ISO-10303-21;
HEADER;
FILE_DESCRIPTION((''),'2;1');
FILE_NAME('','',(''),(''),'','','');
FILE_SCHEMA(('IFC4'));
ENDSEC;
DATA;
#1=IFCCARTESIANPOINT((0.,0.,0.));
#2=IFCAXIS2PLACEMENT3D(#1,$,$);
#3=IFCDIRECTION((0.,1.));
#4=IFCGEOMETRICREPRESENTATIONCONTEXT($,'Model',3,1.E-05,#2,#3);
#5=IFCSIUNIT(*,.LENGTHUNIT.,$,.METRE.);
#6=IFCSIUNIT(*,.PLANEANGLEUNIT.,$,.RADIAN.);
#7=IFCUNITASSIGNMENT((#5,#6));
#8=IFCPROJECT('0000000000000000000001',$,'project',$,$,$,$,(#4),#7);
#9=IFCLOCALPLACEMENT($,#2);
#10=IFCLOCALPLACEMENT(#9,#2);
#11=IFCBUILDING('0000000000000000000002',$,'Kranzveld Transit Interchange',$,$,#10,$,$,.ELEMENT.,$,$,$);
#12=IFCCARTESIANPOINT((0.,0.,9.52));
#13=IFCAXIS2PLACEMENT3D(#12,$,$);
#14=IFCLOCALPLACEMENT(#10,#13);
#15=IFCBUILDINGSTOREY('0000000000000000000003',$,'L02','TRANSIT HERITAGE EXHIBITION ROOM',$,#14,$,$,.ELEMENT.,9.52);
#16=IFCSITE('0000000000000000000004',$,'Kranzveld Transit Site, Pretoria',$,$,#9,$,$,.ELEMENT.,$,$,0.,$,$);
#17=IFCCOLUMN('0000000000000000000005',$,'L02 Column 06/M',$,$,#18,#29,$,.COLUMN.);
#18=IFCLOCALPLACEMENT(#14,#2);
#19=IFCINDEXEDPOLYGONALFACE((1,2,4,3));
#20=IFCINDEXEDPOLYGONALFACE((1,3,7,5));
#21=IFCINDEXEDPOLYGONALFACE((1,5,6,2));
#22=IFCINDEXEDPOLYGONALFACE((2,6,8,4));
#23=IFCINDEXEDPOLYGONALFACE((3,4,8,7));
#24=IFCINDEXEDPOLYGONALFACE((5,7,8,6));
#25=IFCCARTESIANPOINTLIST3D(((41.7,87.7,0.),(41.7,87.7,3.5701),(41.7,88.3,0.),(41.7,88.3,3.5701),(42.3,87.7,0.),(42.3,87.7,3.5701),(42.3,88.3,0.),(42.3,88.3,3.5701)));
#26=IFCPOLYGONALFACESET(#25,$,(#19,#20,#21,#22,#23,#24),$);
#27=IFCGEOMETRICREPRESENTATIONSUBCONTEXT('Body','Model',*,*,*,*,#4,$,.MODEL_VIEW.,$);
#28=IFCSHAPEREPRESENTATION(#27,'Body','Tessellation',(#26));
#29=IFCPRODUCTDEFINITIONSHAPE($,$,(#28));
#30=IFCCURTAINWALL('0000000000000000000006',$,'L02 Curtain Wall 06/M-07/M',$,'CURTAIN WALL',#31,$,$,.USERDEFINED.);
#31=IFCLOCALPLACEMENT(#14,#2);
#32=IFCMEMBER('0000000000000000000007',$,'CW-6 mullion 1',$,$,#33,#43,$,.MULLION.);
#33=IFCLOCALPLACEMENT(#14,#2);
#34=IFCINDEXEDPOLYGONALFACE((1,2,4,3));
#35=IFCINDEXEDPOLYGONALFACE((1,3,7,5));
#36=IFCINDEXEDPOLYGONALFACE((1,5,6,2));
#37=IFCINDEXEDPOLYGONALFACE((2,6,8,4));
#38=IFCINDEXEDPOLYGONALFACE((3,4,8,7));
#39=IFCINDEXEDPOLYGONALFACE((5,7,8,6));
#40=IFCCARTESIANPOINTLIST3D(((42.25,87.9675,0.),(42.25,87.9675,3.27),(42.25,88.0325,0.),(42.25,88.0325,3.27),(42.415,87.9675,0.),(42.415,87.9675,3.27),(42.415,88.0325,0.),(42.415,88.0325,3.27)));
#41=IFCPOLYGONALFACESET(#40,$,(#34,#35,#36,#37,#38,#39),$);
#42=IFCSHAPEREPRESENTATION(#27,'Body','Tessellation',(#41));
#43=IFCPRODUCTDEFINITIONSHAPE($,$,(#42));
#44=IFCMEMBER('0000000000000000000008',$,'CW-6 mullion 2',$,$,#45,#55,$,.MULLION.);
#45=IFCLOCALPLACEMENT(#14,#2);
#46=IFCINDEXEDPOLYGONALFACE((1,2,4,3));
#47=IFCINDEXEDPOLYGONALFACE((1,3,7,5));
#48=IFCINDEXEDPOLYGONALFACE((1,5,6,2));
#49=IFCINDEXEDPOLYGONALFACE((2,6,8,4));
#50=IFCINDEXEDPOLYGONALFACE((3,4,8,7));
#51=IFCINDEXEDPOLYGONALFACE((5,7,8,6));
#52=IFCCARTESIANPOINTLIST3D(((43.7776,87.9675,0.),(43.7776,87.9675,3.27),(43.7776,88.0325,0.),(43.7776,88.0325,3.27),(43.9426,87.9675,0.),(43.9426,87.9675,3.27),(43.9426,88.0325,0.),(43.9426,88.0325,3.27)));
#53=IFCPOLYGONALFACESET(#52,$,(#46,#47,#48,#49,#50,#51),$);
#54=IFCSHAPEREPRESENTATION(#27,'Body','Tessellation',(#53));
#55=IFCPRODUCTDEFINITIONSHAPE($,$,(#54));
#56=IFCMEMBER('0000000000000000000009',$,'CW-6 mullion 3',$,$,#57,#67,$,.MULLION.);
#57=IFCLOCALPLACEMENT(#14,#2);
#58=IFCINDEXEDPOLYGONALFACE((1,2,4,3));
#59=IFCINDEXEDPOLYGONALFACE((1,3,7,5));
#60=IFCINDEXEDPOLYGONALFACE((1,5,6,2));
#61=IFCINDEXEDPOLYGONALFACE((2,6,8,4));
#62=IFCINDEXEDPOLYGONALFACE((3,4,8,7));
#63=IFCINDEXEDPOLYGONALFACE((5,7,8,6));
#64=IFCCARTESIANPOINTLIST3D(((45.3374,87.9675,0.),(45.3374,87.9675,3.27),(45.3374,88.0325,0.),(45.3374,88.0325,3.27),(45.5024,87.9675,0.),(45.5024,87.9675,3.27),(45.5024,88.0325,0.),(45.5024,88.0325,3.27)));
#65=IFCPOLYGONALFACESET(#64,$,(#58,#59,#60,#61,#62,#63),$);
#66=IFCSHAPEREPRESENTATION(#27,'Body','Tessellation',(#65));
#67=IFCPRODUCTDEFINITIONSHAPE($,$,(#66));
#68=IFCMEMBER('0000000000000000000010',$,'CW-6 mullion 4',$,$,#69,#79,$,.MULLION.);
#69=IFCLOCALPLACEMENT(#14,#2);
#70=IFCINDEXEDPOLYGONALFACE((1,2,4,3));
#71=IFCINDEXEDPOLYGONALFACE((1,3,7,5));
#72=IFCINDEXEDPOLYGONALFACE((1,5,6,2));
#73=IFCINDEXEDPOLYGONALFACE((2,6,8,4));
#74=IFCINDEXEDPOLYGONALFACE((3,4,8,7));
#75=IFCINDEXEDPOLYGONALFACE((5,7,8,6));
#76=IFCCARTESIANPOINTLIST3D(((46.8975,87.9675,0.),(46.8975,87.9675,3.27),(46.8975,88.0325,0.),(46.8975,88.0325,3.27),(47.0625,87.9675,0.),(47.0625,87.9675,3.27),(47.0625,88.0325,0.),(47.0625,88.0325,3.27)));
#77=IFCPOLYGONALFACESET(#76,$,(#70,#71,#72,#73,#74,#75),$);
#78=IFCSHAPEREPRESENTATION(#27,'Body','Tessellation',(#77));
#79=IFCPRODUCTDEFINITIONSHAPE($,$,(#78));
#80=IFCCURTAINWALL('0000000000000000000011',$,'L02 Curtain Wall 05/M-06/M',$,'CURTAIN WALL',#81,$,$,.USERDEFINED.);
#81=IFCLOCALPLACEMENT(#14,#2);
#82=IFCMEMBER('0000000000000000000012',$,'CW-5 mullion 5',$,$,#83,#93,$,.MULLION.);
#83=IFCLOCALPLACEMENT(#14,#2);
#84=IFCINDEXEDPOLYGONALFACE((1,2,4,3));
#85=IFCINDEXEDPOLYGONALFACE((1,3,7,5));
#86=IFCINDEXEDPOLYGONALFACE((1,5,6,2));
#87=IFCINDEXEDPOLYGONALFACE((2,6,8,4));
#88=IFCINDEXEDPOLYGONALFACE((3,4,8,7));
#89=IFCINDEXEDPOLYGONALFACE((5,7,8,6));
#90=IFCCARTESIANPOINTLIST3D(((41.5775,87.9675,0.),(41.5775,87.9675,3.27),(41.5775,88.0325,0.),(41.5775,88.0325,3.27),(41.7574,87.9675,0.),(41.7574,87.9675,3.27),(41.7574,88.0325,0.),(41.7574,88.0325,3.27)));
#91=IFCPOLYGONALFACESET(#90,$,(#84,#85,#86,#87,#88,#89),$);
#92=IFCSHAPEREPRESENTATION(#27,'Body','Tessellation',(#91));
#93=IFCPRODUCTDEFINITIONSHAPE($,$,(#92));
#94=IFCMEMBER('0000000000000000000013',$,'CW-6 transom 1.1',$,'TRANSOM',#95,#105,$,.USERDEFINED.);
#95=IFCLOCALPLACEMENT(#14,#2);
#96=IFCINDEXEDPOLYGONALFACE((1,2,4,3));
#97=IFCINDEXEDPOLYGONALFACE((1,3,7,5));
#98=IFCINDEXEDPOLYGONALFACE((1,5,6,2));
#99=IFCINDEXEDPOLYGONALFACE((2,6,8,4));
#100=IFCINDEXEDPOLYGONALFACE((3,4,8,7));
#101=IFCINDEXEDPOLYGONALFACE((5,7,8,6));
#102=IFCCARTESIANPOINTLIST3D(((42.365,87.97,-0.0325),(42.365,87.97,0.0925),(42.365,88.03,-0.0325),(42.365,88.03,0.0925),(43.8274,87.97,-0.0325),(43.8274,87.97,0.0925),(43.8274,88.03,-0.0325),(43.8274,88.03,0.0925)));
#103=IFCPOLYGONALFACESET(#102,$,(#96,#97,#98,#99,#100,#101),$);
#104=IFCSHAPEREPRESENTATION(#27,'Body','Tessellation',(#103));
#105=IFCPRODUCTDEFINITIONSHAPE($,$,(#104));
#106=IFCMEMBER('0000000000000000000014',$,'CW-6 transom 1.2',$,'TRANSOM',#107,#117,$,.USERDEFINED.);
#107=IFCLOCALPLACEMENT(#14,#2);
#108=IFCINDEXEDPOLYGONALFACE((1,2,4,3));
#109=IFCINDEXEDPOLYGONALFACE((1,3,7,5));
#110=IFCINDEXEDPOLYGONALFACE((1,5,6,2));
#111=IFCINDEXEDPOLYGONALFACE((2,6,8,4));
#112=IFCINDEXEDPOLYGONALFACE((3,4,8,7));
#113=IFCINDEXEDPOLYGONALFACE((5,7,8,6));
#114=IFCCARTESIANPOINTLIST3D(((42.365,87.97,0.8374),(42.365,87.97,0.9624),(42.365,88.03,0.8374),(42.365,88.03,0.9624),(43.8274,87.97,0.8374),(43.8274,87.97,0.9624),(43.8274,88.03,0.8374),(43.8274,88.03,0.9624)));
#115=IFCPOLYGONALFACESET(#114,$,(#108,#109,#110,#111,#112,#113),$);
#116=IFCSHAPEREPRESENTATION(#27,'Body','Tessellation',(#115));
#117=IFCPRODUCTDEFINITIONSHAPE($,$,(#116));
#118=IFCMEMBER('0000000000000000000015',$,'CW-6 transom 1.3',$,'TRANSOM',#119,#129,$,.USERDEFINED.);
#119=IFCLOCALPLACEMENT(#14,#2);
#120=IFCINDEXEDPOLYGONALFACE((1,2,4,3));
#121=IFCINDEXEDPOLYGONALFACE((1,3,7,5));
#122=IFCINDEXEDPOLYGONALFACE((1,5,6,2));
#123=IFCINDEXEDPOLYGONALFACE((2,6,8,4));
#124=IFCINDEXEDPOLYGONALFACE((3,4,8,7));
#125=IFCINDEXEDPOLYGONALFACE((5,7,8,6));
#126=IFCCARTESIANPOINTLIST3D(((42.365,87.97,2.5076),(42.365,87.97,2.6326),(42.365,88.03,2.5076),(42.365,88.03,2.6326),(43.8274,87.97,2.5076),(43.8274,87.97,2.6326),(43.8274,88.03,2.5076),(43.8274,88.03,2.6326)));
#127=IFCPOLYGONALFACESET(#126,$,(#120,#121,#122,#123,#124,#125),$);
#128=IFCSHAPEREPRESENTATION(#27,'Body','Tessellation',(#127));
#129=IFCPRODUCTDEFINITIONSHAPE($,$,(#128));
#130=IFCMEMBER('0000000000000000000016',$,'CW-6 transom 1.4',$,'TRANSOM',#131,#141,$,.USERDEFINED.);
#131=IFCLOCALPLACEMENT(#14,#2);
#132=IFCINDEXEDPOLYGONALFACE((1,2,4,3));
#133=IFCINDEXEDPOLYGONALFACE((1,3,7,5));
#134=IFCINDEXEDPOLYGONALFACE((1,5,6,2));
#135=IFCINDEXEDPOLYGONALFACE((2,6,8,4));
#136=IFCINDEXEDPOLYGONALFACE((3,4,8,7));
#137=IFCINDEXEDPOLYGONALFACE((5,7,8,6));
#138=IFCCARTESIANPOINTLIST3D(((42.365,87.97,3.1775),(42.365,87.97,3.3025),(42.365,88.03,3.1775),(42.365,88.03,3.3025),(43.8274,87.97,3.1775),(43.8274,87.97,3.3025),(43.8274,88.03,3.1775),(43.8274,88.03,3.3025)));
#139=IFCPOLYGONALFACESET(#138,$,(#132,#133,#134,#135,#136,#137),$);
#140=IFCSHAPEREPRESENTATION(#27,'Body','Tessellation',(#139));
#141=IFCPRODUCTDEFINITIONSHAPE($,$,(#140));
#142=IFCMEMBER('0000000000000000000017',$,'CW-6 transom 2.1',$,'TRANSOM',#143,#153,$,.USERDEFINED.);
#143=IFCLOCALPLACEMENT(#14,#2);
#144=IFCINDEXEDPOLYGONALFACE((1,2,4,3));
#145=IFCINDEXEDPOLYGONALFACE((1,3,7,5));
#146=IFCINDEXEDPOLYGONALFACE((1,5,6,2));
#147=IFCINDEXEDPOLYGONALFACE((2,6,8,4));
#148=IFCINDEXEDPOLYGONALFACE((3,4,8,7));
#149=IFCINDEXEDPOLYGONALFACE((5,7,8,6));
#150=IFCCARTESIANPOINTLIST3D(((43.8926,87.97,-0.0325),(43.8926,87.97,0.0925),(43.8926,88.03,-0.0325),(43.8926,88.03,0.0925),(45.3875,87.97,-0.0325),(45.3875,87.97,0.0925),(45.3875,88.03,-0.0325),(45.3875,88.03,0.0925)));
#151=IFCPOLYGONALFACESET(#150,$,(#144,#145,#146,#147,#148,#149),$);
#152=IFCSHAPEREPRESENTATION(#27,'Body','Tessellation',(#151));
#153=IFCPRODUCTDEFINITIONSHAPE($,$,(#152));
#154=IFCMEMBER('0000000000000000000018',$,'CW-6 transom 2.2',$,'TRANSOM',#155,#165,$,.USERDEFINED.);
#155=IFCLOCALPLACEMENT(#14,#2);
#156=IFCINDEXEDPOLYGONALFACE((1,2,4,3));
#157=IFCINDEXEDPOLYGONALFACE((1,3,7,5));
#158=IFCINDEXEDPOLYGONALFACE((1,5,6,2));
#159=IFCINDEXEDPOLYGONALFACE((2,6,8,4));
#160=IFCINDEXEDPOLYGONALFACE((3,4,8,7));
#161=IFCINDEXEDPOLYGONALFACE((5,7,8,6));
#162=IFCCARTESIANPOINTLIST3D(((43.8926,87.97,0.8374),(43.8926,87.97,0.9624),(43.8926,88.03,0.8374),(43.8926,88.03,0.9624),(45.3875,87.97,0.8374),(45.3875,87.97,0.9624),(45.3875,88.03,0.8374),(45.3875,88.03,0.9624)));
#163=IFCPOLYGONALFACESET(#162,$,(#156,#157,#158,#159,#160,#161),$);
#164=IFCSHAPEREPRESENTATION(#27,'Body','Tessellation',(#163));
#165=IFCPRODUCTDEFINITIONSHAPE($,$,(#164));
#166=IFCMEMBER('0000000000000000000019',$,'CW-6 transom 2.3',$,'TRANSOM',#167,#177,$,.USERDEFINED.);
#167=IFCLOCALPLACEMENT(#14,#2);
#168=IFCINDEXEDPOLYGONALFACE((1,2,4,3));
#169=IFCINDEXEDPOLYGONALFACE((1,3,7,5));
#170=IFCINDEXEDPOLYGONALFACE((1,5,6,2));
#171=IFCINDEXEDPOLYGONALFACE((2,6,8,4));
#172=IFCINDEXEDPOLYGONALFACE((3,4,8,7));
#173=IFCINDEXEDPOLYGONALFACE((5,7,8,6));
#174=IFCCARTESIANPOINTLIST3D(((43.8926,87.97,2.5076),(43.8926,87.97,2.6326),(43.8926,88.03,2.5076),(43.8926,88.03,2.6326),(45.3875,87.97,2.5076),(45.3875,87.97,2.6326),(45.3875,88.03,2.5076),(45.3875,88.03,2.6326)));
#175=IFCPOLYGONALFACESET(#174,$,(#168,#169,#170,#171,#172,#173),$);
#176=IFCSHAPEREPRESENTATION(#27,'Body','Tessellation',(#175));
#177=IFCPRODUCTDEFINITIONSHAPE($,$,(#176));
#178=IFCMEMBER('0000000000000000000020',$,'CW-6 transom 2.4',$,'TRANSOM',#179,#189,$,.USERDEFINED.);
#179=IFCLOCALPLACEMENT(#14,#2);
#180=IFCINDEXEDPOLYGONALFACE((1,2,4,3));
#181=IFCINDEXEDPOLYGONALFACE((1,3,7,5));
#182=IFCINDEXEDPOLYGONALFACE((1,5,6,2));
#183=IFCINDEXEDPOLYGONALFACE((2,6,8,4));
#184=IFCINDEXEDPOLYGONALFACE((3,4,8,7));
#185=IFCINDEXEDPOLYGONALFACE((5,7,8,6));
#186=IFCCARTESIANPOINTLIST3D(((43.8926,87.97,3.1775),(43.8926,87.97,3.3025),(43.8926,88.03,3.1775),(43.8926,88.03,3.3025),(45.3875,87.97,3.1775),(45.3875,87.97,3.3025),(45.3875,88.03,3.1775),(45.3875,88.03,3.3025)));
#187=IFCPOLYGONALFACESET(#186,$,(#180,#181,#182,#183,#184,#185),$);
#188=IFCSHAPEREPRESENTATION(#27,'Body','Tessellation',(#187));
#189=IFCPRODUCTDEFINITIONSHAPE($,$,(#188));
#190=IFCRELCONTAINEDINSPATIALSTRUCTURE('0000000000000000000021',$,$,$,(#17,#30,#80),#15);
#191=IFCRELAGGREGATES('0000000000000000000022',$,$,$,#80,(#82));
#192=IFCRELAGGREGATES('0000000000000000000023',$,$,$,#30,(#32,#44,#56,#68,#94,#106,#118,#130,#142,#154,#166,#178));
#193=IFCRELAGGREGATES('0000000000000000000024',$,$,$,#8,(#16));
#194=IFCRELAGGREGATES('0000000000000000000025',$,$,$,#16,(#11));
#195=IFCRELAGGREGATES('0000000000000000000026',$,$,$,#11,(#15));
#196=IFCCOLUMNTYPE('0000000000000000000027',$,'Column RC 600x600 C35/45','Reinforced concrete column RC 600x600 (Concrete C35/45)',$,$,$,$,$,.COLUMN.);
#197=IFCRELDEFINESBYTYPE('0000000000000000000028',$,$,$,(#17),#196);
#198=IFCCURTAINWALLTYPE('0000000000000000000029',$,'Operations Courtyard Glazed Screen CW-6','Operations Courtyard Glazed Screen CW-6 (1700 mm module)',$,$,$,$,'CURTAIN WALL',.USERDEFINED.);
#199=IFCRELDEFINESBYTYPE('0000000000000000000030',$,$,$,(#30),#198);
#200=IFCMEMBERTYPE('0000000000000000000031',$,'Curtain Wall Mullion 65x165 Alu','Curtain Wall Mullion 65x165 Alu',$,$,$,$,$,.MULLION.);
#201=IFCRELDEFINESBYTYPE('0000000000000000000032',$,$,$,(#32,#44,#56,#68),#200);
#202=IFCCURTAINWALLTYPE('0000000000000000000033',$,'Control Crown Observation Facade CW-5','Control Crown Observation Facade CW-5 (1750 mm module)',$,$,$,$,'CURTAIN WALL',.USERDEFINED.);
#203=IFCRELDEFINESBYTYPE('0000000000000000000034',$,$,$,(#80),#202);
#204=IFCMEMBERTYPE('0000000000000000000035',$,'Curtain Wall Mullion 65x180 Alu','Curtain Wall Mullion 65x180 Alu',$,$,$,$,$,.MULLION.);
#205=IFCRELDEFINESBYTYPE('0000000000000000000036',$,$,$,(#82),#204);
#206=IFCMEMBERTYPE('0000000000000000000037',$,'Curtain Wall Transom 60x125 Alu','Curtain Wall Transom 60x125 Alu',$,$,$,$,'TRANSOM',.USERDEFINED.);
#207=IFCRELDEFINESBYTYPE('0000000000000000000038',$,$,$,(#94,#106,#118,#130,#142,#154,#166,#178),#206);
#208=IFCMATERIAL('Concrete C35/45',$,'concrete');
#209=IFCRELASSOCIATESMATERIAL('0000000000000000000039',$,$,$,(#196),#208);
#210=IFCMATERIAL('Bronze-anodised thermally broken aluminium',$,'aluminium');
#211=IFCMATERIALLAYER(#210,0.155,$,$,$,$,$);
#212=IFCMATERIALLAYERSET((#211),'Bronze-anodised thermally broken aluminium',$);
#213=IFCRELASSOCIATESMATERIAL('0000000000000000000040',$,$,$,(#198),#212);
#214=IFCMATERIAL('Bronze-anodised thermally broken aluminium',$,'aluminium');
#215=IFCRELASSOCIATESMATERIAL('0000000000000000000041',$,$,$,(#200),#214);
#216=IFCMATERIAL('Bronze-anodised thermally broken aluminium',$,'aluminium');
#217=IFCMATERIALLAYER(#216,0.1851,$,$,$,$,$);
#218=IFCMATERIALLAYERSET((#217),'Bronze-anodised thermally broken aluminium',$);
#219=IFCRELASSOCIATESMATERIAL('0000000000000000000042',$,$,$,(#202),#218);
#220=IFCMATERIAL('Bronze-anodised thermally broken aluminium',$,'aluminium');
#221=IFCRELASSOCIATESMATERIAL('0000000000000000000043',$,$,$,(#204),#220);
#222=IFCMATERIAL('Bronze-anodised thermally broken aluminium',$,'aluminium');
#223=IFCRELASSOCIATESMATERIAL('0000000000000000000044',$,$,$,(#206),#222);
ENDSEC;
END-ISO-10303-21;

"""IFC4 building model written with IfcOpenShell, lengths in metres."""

from ifc_helpers import new_model, si_unit, direction, frame, origin, origin_2d, place, context, subcontext, project, spatial, rectangle, extrude, material, layer, layer_set, material_profile, profile_set, type_object, element, aggregate, save


model = new_model("IFC4")

# Units and contexts
model_context = context("Model", 3, precision=1e-05, world=origin(), true_north=direction((0.0, 1.0)))
body_context = subcontext(model_context, "Body", "Model", "MODEL_VIEW")
ifc_project = project(units=[si_unit("LENGTHUNIT", "METRE"), si_unit("PLANEANGLEUNIT", "RADIAN")], contexts=[model_context])

# Site, building, storey
site_placement = place(None, origin())
site = spatial("IfcSite", under=ifc_project, at=site_placement, Name="Kranzveld Transit Site, Pretoria", CompositionType="ELEMENT", RefElevation=0.0)
building_placement = place(site_placement, origin())
building = spatial("IfcBuilding", under=site, at=building_placement, Name="Kranzveld Transit Interchange", CompositionType="ELEMENT")
storey_placement = place(building_placement, frame((0.0, 0.0, 9.52)))
storey = spatial("IfcBuildingStorey", under=building, at=storey_placement, Name="L02", Description="TRANSIT HERITAGE EXHIBITION ROOM", CompositionType="ELEMENT", Elevation=9.52)

# Column
ifc_material_1 = material(Name="Concrete C35/45", Category="concrete")
ifc_material_profile_1 = material_profile(ifc_material_1, rectangle(XDim=0.6001, YDim=0.6001, at=origin_2d()), Name="RC 600x600")
ifc_profile_set_1 = profile_set([ifc_material_profile_1], Name="Concrete C35/45")
column_type = type_object("IfcColumnType", Name="Column RC 600x600 C35/45", Description="Reinforced concrete column RC 600x600 (Concrete C35/45)", PredefinedType="COLUMN", material=ifc_profile_set_1)
column_placement = place(storey_placement, frame((42.0, 88.0, 0.0), z_axis=(0.0, 0.0, 1.0), x_axis=(1.0, 0.0, 0.0)))
element("IfcColumn", 1, at=column_placement, inside=storey, type_object=column_type, Name="L02 Column 06/M", PredefinedType="COLUMN", context=body_context, shape_type="SweptSolid", body=[
    extrude(rectangle(XDim=0.6001, YDim=0.6001, at=origin_2d()), origin(), (0.0, 0.0, 1.0), 3.5701),
])

# Curtain wall, members
ifc_material_2 = material(Name="Bronze-anodised thermally broken aluminium", Category="aluminium")
ifc_layer_1 = layer(ifc_material_2, 0.155)
ifc_layer_set_1 = layer_set([ifc_layer_1], Name="Bronze-anodised thermally broken aluminium")
curtain_wall_type_1 = type_object("IfcCurtainWallType", Name="Operations Courtyard Glazed Screen CW-6", Description="Operations Courtyard Glazed Screen CW-6 (1700 mm module)", ElementType="CURTAIN WALL", PredefinedType="USERDEFINED", material=ifc_layer_set_1)
curtain_wall_1_placement = place(storey_placement, origin())
curtain_wall_1 = element("IfcCurtainWall", 2, at=curtain_wall_1_placement, inside=storey, type_object=curtain_wall_type_1, Name="L02 Curtain Wall 06/M-07/M", ObjectType="CURTAIN WALL", PredefinedType="USERDEFINED")
ifc_material_3 = material(Name="Bronze-anodised thermally broken aluminium", Category="aluminium")
ifc_material_profile_2 = material_profile(ifc_material_3, rectangle(XDim=0.0649, YDim=0.165, at=origin_2d()), Name="ALU MULLION 65x165")
ifc_profile_set_2 = profile_set([ifc_material_profile_2], Name="Bronze-anodised thermally broken aluminium")
member_type_1 = type_object("IfcMemberType", Name="Curtain Wall Mullion 65x165 Alu", Description="Curtain Wall Mullion 65x165 Alu", PredefinedType="MULLION", material=ifc_profile_set_2)
member_1_placement = place(storey_placement, frame((42.3325, 88.0, 0.0), z_axis=(0.0, 0.0, 1.0), x_axis=(0.0, 1.0, 0.0)))
member_1 = element("IfcMember", 3, at=member_1_placement, type_object=member_type_1, Name="CW-6 mullion 1", PredefinedType="MULLION", context=body_context, shape_type="SweptSolid", body=[
    extrude(rectangle(XDim=0.0649, YDim=0.165, at=origin_2d()), origin(), (0.0, 0.0, 1.0), 3.27),
])
member_2_placement = place(storey_placement, frame((43.8601, 88.0, 0.0), z_axis=(0.0, 0.0, 1.0), x_axis=(0.0, 1.0, 0.0)))
member_2 = element("IfcMember", 4, at=member_2_placement, type_object=member_type_1, Name="CW-6 mullion 2", PredefinedType="MULLION", context=body_context, shape_type="SweptSolid", body=[
    extrude(rectangle(XDim=0.0649, YDim=0.165, at=origin_2d()), origin(), (0.0, 0.0, 1.0), 3.27),
])
member_3_placement = place(storey_placement, frame((45.4199, 88.0, 0.0), z_axis=(0.0, 0.0, 1.0), x_axis=(0.0, 1.0, 0.0)))
member_3 = element("IfcMember", 5, at=member_3_placement, type_object=member_type_1, Name="CW-6 mullion 3", PredefinedType="MULLION", context=body_context, shape_type="SweptSolid", body=[
    extrude(rectangle(XDim=0.0649, YDim=0.165, at=origin_2d()), origin(), (0.0, 0.0, 1.0), 3.27),
])
member_4_placement = place(storey_placement, frame((46.98, 88.0, 0.0), z_axis=(0.0, 0.0, 1.0), x_axis=(0.0, 1.0, 0.0)))
member_4 = element("IfcMember", 6, at=member_4_placement, type_object=member_type_1, Name="CW-6 mullion 4", PredefinedType="MULLION", context=body_context, shape_type="SweptSolid", body=[
    extrude(rectangle(XDim=0.0649, YDim=0.165, at=origin_2d()), origin(), (0.0, 0.0, 1.0), 3.27),
])

# Curtain wall, member
ifc_material_4 = material(Name="Bronze-anodised thermally broken aluminium", Category="aluminium")
ifc_layer_2 = layer(ifc_material_4, 0.1851)
ifc_layer_set_2 = layer_set([ifc_layer_2], Name="Bronze-anodised thermally broken aluminium")
curtain_wall_type_2 = type_object("IfcCurtainWallType", Name="Control Crown Observation Facade CW-5", Description="Control Crown Observation Facade CW-5 (1750 mm module)", ElementType="CURTAIN WALL", PredefinedType="USERDEFINED", material=ifc_layer_set_2)
curtain_wall_2_placement = place(storey_placement, origin())
curtain_wall_2 = element("IfcCurtainWall", 7, at=curtain_wall_2_placement, inside=storey, type_object=curtain_wall_type_2, Name="L02 Curtain Wall 05/M-06/M", ObjectType="CURTAIN WALL", PredefinedType="USERDEFINED")
ifc_material_5 = material(Name="Bronze-anodised thermally broken aluminium", Category="aluminium")
ifc_material_profile_3 = material_profile(ifc_material_5, rectangle(XDim=0.0649, YDim=0.1799, at=origin_2d()), Name="ALU MULLION 65x180")
ifc_profile_set_3 = profile_set([ifc_material_profile_3], Name="Bronze-anodised thermally broken aluminium")
member_type_2 = type_object("IfcMemberType", Name="Curtain Wall Mullion 65x180 Alu", Description="Curtain Wall Mullion 65x180 Alu", PredefinedType="MULLION", material=ifc_profile_set_3)
member_5_placement = place(storey_placement, frame((41.6675, 88.0, 0.0), z_axis=(0.0, 0.0, 1.0), x_axis=(0.0, 1.0, 0.0)))
member_5 = element("IfcMember", 8, at=member_5_placement, type_object=member_type_2, Name="CW-5 mullion 5", PredefinedType="MULLION", context=body_context, shape_type="SweptSolid", body=[
    extrude(rectangle(XDim=0.0649, YDim=0.1799, at=origin_2d()), origin(), (0.0, 0.0, 1.0), 3.27),
])
aggregate(curtain_wall_2, [member_5])

# Members
ifc_material_6 = material(Name="Bronze-anodised thermally broken aluminium", Category="aluminium")
ifc_material_profile_4 = material_profile(ifc_material_6, rectangle(XDim=0.0601, YDim=0.125, at=origin_2d()), Name="ALU TRANSOM 60x125")
ifc_profile_set_4 = profile_set([ifc_material_profile_4], Name="Bronze-anodised thermally broken aluminium")
member_type_3 = type_object("IfcMemberType", Name="Curtain Wall Transom 60x125 Alu", Description="Curtain Wall Transom 60x125 Alu", ElementType="TRANSOM", PredefinedType="USERDEFINED", material=ifc_profile_set_4)
member_6_placement = place(storey_placement, frame((42.365, 88.0, 0.03), z_axis=(1.0, 0.0, 0.0), x_axis=(0.0, 1.0, 0.0)))
member_6 = element("IfcMember", 9, at=member_6_placement, type_object=member_type_3, Name="CW-6 transom 1.1", ObjectType="TRANSOM", PredefinedType="USERDEFINED", context=body_context, shape_type="SweptSolid", body=[
    extrude(rectangle(XDim=0.0601, YDim=0.125, at=origin_2d()), origin(), (0.0, 0.0, 1.0), 1.4624),
])
member_7_placement = place(storey_placement, frame((42.365, 88.0, 0.8999), z_axis=(1.0, 0.0, 0.0), x_axis=(0.0, 1.0, 0.0)))
member_7 = element("IfcMember", 10, at=member_7_placement, type_object=member_type_3, Name="CW-6 transom 1.2", ObjectType="TRANSOM", PredefinedType="USERDEFINED", context=body_context, shape_type="SweptSolid", body=[
    extrude(rectangle(XDim=0.0601, YDim=0.125, at=origin_2d()), origin(), (0.0, 0.0, 1.0), 1.4624),
])
member_8_placement = place(storey_placement, frame((42.365, 88.0, 2.5701), z_axis=(1.0, 0.0, 0.0), x_axis=(0.0, 1.0, 0.0)))
member_8 = element("IfcMember", 11, at=member_8_placement, type_object=member_type_3, Name="CW-6 transom 1.3", ObjectType="TRANSOM", PredefinedType="USERDEFINED", context=body_context, shape_type="SweptSolid", body=[
    extrude(rectangle(XDim=0.0601, YDim=0.125, at=origin_2d()), origin(), (0.0, 0.0, 1.0), 1.4624),
])
member_9_placement = place(storey_placement, frame((42.365, 88.0, 3.24), z_axis=(1.0, 0.0, 0.0), x_axis=(0.0, 1.0, 0.0)))
member_9 = element("IfcMember", 12, at=member_9_placement, type_object=member_type_3, Name="CW-6 transom 1.4", ObjectType="TRANSOM", PredefinedType="USERDEFINED", context=body_context, shape_type="SweptSolid", body=[
    extrude(rectangle(XDim=0.0601, YDim=0.125, at=origin_2d()), origin(), (0.0, 0.0, 1.0), 1.4624),
])
member_10_placement = place(storey_placement, frame((43.8926, 88.0, 0.03), z_axis=(1.0, 0.0, 0.0), x_axis=(0.0, 1.0, 0.0)))
member_10 = element("IfcMember", 13, at=member_10_placement, type_object=member_type_3, Name="CW-6 transom 2.1", ObjectType="TRANSOM", PredefinedType="USERDEFINED", context=body_context, shape_type="SweptSolid", body=[
    extrude(rectangle(XDim=0.0601, YDim=0.125, at=origin_2d()), origin(), (0.0, 0.0, 1.0), 1.4949),
])
member_11_placement = place(storey_placement, frame((43.8926, 88.0, 0.8999), z_axis=(1.0, 0.0, 0.0), x_axis=(0.0, 1.0, 0.0)))
member_11 = element("IfcMember", 14, at=member_11_placement, type_object=member_type_3, Name="CW-6 transom 2.2", ObjectType="TRANSOM", PredefinedType="USERDEFINED", context=body_context, shape_type="SweptSolid", body=[
    extrude(rectangle(XDim=0.0601, YDim=0.125, at=origin_2d()), origin(), (0.0, 0.0, 1.0), 1.4949),
])
member_12_placement = place(storey_placement, frame((43.8926, 88.0, 2.5701), z_axis=(1.0, 0.0, 0.0), x_axis=(0.0, 1.0, 0.0)))
member_12 = element("IfcMember", 15, at=member_12_placement, type_object=member_type_3, Name="CW-6 transom 2.3", ObjectType="TRANSOM", PredefinedType="USERDEFINED", context=body_context, shape_type="SweptSolid", body=[
    extrude(rectangle(XDim=0.0601, YDim=0.125, at=origin_2d()), origin(), (0.0, 0.0, 1.0), 1.4949),
])
member_13_placement = place(storey_placement, frame((43.8926, 88.0, 3.24), z_axis=(1.0, 0.0, 0.0), x_axis=(0.0, 1.0, 0.0)))
member_13 = element("IfcMember", 16, at=member_13_placement, type_object=member_type_3, Name="CW-6 transom 2.4", ObjectType="TRANSOM", PredefinedType="USERDEFINED", context=body_context, shape_type="SweptSolid", body=[
    extrude(rectangle(XDim=0.0601, YDim=0.125, at=origin_2d()), origin(), (0.0, 0.0, 1.0), 1.4949),
])

aggregate(curtain_wall_1, [member_1, member_2, member_3, member_4, member_6, member_7, member_8, member_9, member_10, member_11, member_12, member_13])

save(model, "model.ifc")
